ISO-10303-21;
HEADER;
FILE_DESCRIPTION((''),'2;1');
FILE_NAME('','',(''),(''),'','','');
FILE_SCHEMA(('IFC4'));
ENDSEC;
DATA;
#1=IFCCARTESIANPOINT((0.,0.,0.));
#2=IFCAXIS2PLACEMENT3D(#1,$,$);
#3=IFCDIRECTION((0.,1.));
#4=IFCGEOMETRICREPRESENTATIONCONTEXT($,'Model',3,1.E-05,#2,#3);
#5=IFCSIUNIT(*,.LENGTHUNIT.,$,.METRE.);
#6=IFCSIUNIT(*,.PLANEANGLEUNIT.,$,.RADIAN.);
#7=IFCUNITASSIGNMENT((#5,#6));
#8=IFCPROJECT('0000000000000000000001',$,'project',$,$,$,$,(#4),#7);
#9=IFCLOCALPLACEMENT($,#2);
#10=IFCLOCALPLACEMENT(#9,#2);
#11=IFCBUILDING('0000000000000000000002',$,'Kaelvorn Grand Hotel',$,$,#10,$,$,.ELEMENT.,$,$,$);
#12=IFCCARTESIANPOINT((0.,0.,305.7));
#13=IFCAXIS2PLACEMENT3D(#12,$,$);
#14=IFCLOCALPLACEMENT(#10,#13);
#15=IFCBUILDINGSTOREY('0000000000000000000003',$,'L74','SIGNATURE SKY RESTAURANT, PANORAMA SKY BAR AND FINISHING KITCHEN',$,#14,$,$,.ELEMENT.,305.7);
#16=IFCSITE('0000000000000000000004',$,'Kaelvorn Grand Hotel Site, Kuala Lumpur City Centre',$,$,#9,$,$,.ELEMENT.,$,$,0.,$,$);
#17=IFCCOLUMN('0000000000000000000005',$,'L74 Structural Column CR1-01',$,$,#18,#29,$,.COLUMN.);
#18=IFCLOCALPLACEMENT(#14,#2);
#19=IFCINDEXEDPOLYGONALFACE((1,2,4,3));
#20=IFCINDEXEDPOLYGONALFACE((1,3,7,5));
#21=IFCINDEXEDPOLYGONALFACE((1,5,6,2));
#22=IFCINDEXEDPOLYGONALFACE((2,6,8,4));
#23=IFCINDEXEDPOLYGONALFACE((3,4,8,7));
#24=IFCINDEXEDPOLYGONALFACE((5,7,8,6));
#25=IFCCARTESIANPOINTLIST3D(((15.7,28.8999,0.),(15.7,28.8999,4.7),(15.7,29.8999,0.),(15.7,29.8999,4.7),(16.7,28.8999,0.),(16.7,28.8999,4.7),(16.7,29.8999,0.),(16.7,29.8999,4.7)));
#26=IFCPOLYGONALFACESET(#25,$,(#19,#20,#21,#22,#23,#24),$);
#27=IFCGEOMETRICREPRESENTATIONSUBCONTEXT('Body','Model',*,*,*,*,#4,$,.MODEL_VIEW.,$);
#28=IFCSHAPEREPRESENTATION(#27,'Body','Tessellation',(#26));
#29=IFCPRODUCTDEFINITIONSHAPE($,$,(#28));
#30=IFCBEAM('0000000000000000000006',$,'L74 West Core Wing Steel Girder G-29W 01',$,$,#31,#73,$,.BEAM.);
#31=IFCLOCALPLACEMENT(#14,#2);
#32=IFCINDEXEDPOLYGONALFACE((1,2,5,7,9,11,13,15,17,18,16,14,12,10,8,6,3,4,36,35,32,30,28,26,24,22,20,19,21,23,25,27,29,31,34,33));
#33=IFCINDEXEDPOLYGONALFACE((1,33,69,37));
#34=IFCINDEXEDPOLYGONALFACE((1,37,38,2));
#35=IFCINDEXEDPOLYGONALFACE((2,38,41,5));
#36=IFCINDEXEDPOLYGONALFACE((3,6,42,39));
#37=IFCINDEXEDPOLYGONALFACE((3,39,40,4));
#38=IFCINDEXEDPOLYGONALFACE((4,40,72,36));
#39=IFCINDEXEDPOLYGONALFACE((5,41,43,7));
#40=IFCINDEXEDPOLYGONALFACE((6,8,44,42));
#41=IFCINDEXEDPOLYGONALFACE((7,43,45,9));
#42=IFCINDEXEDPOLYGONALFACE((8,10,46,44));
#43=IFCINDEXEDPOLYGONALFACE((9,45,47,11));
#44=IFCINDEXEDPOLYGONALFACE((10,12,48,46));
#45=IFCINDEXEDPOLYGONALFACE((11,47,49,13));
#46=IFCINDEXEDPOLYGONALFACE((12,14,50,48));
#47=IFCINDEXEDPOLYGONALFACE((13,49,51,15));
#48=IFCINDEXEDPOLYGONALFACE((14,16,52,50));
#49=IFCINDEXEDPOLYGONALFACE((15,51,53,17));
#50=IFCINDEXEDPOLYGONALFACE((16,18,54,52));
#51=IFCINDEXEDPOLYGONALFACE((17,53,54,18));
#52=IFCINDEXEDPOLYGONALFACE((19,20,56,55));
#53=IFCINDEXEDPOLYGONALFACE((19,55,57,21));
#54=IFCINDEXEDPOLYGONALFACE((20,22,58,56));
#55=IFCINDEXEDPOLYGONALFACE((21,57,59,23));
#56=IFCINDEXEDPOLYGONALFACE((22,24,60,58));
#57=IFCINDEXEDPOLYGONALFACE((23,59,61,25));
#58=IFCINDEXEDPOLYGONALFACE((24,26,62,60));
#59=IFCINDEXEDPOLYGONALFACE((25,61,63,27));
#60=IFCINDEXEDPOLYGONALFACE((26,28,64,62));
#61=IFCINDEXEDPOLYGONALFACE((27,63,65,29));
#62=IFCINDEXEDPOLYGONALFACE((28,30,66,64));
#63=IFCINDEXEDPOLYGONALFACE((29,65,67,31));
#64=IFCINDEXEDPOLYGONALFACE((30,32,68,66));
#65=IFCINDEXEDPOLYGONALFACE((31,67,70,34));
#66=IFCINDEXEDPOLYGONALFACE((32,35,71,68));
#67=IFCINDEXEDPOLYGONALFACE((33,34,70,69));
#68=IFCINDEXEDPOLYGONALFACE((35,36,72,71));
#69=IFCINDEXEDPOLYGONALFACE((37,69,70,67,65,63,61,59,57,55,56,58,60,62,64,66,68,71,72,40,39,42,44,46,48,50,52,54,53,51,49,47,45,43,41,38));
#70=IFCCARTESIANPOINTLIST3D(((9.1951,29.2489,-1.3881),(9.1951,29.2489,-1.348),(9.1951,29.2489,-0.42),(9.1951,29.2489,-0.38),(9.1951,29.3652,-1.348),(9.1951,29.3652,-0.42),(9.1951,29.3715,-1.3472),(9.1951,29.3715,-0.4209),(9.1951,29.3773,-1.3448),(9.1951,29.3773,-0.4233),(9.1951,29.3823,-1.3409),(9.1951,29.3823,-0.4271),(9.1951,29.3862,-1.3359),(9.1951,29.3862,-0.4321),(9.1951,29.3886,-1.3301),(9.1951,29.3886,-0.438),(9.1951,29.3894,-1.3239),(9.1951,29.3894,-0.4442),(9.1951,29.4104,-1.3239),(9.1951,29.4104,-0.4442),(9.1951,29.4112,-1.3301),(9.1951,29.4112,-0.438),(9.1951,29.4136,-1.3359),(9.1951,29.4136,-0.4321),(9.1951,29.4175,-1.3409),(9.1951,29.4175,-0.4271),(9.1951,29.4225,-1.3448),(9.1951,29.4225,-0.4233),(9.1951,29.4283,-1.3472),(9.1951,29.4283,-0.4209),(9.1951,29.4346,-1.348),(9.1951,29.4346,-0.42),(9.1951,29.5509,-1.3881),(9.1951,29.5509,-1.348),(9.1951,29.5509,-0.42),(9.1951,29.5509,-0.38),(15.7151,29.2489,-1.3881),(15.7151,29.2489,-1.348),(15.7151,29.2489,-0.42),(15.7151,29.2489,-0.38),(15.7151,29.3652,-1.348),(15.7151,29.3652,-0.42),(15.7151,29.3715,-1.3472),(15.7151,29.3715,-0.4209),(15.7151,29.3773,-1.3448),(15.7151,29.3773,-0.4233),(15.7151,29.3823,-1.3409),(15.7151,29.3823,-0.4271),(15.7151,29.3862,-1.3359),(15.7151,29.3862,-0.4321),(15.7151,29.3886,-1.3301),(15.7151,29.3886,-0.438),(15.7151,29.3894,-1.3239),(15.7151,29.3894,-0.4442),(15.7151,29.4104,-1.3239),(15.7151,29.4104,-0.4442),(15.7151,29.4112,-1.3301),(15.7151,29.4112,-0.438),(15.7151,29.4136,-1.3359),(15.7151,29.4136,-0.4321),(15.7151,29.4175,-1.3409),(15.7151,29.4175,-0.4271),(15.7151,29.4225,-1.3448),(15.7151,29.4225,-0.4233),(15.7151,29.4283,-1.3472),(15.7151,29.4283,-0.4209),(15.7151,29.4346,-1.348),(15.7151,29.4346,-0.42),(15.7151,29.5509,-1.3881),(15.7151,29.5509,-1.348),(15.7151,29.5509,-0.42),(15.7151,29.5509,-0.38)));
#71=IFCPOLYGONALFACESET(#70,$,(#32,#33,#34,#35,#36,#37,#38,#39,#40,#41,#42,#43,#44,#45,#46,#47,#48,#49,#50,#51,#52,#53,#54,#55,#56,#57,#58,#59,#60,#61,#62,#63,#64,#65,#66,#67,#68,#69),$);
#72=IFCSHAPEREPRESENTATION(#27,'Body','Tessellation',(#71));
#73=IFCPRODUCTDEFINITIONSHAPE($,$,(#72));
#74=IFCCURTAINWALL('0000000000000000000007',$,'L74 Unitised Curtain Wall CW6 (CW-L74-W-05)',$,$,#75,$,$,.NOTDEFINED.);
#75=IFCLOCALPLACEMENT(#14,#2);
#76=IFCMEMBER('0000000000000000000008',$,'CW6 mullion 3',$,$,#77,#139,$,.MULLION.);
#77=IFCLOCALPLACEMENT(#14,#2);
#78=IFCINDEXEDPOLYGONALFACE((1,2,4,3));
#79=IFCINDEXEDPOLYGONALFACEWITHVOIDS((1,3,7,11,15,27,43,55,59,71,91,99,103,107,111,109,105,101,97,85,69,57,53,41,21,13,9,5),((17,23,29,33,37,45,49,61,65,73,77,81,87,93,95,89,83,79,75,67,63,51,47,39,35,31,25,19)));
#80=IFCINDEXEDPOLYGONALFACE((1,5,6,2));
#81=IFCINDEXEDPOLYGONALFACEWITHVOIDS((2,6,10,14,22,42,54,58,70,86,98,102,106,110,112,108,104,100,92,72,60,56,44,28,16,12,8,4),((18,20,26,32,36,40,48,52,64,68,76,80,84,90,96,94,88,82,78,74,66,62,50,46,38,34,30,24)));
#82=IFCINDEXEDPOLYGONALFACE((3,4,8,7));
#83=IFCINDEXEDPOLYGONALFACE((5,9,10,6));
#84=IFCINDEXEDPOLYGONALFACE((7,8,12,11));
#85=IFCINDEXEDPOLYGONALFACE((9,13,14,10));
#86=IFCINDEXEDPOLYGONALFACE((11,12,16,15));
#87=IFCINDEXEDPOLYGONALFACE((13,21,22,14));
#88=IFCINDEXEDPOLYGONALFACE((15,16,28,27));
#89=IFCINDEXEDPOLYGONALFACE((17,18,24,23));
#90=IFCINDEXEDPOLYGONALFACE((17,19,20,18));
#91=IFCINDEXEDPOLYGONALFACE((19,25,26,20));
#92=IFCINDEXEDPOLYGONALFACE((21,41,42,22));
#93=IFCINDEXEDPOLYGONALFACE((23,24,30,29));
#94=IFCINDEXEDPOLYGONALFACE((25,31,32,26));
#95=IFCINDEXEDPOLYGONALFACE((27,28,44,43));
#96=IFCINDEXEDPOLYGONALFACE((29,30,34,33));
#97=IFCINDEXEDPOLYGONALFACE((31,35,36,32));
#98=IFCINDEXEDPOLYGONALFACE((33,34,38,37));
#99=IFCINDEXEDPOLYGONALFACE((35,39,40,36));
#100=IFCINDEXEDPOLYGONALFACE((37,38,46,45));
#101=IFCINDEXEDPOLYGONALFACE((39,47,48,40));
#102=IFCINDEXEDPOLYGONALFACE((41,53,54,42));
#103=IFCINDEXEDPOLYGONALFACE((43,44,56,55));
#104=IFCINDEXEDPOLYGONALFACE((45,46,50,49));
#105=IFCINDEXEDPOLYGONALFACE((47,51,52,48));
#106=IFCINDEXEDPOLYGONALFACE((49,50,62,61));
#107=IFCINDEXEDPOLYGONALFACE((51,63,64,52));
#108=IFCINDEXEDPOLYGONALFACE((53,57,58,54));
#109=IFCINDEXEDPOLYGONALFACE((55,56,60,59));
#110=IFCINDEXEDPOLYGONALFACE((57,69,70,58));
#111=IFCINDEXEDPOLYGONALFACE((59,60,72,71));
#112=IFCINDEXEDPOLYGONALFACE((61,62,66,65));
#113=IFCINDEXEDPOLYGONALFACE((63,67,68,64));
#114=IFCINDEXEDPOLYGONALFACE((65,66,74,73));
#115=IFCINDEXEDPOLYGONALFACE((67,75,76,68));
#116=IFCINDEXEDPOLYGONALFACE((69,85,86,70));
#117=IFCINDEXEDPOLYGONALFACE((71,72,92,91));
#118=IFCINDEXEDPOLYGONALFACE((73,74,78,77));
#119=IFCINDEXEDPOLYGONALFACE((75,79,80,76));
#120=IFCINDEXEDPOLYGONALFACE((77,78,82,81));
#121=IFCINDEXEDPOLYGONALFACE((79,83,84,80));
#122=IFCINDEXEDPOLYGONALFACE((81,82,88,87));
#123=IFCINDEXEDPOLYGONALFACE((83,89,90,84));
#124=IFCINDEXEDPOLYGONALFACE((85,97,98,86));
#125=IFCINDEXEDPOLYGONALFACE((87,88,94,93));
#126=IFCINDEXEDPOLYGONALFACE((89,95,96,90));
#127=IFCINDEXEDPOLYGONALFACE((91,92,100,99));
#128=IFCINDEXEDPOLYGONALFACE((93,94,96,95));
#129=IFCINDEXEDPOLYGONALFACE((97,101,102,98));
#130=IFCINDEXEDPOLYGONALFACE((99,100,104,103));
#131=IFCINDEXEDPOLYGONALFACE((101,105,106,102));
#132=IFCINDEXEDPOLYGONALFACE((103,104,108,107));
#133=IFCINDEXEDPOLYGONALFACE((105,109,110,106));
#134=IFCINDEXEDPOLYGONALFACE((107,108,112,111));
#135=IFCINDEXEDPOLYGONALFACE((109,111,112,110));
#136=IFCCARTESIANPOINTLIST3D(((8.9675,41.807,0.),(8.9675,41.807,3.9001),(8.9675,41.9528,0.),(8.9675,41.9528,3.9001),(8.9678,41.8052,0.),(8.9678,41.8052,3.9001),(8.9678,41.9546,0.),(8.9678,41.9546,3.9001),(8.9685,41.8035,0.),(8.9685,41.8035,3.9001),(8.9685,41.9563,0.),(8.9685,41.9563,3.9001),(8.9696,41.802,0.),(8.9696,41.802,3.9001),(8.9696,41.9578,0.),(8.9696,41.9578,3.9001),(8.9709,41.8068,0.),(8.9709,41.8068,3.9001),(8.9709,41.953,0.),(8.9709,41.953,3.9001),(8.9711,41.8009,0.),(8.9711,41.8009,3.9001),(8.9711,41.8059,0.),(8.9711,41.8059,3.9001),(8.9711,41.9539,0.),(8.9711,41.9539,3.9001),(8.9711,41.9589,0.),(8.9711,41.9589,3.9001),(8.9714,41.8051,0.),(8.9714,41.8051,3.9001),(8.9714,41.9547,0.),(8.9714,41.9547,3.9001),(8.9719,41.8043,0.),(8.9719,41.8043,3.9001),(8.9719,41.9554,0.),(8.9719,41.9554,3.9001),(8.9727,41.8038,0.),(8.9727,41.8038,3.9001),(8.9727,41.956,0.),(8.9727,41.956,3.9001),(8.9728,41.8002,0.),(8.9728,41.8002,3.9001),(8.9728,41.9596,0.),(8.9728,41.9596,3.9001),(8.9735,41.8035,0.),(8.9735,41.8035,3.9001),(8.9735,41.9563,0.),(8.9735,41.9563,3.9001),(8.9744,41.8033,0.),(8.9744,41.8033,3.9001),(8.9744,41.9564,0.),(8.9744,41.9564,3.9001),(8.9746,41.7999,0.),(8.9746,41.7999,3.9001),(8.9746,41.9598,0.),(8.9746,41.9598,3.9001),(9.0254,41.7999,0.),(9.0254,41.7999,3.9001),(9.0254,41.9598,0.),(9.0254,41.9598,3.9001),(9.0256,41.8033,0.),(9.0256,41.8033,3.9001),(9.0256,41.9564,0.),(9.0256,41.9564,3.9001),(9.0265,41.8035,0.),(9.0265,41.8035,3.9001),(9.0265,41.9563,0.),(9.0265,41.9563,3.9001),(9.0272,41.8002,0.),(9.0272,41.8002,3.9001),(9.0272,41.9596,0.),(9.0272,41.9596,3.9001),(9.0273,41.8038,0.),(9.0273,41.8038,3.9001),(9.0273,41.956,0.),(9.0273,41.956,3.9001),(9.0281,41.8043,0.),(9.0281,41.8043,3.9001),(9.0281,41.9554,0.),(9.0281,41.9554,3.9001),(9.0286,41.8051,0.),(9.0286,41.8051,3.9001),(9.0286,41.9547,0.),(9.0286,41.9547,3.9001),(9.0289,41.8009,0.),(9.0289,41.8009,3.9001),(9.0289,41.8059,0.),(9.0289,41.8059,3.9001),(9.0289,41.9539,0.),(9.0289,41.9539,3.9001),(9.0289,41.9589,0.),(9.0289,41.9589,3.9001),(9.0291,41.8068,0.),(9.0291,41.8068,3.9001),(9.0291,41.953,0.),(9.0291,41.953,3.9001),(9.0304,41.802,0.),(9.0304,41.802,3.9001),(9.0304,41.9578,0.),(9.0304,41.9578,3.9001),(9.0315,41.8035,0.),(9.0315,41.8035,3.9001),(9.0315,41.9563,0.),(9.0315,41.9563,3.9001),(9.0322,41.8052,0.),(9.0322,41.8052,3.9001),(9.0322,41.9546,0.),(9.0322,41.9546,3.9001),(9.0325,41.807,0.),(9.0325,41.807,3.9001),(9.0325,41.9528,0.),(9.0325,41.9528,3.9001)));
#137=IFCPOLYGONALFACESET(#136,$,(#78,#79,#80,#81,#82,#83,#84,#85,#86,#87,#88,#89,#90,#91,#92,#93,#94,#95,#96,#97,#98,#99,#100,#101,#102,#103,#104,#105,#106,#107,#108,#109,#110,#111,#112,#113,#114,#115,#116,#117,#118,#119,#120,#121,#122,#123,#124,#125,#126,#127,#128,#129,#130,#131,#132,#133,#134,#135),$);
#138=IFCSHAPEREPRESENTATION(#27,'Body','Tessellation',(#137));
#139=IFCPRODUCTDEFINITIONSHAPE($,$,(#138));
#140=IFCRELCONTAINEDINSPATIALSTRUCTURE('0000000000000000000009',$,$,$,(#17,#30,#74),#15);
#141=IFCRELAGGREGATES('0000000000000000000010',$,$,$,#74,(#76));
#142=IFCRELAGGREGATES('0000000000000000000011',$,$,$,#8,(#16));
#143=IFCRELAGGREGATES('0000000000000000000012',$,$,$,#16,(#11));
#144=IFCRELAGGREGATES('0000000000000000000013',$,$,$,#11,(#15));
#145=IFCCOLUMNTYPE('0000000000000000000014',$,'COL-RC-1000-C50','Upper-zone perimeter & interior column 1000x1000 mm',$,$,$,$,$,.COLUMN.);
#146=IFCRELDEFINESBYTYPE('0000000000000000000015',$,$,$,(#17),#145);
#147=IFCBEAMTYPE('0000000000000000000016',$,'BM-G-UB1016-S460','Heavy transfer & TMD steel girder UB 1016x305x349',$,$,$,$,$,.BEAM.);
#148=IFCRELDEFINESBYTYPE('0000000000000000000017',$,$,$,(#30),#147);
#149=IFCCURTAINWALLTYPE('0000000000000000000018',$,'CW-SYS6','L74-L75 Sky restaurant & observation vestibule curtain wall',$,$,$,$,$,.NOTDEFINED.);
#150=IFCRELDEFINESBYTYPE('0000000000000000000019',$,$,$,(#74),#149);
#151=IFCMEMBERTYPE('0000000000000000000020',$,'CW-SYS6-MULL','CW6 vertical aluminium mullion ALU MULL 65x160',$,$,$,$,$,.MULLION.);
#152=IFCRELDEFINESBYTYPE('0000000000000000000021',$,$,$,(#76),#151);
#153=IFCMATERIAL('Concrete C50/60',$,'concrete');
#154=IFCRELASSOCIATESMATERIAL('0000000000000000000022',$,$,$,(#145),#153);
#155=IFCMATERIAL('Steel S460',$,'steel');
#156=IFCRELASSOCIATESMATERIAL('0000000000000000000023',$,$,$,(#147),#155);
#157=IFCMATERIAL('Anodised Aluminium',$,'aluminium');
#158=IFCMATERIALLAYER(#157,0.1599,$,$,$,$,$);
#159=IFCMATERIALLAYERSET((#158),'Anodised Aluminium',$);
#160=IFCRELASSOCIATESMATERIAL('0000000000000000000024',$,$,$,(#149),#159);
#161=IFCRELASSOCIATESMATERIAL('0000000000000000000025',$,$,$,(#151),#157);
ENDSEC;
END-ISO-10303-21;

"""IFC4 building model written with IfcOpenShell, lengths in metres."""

from ifc_helpers import new_model, si_unit, direction, frame, origin, origin_2d, place, context, subcontext, project, spatial, rectangle, hollow_rectangle, i_section, extrude, material, layer, layer_set, material_profile, profile_set, type_object, element, aggregate, save


model = new_model("IFC4")

# Units and contexts
model_context = context("Model", 3, precision=1e-05, world=origin(), true_north=direction((0.0, 1.0)))
body_context = subcontext(model_context, "Body", "Model", "MODEL_VIEW")
ifc_project = project(units=[si_unit("LENGTHUNIT", "METRE"), si_unit("PLANEANGLEUNIT", "RADIAN")], contexts=[model_context])

# Site, building, storey
site_placement = place(None, origin())
site = spatial("IfcSite", under=ifc_project, at=site_placement, Name="Kaelvorn Grand Hotel Site, Kuala Lumpur City Centre", CompositionType="ELEMENT", RefElevation=0.0)
building_placement = place(site_placement, origin())
building = spatial("IfcBuilding", under=site, at=building_placement, Name="Kaelvorn Grand Hotel", CompositionType="ELEMENT")
storey_placement = place(building_placement, frame((0.0, 0.0, 305.7)))
storey = spatial("IfcBuildingStorey", under=building, at=storey_placement, Name="L74", Description="SIGNATURE SKY RESTAURANT, PANORAMA SKY BAR AND FINISHING KITCHEN", CompositionType="ELEMENT", Elevation=305.7)

# Column
ifc_material_1 = material(Name="Concrete C50/60", Category="concrete")
ifc_material_profile_1 = material_profile(ifc_material_1, rectangle(XDim=1.0, YDim=1.0, at=origin_2d()), Name="RC COL 1000x1000")
ifc_profile_set_1 = profile_set([ifc_material_profile_1], Name="Concrete C50/60")
column_type = type_object("IfcColumnType", Name="COL-RC-1000-C50", Description="Upper-zone perimeter & interior column 1000x1000 mm", PredefinedType="COLUMN", material=ifc_profile_set_1)
column_placement = place(storey_placement, frame((16.2, 29.3999, 0.0), z_axis=(0.0, 0.0, 1.0), x_axis=(1.0, 0.0, 0.0)))
element("IfcColumn", 1, at=column_placement, inside=storey, type_object=column_type, Name="L74 Structural Column CR1-01", PredefinedType="COLUMN", context=body_context, shape_type="SweptSolid", body=[
    extrude(rectangle(XDim=1.0, YDim=1.0, at=origin_2d()), origin(), (0.0, 0.0, 1.0), 4.7),
])

# Beam
ifc_material_2 = material(Name="Steel S460", Category="steel")
ifc_material_profile_2 = material_profile(ifc_material_2, i_section(OverallWidth=0.302, OverallDepth=1.0081, WebThickness=0.021, FlangeThickness=0.04, FilletRadius=0.0242, at=origin_2d()), Name="UB 1016x305x349")
ifc_profile_set_2 = profile_set([ifc_material_profile_2], Name="Steel S460")
beam_type = type_object("IfcBeamType", Name="BM-G-UB1016-S460", Description="Heavy transfer & TMD steel girder UB 1016x305x349", PredefinedType="BEAM", material=ifc_profile_set_2)
beam_placement = place(storey_placement, frame((9.1951, 29.3999, -0.884), z_axis=(1.0, 0.0, 0.0), x_axis=(0.0, 1.0, 0.0)))
element("IfcBeam", 2, at=beam_placement, inside=storey, type_object=beam_type, Name="L74 West Core Wing Steel Girder G-29W 01", PredefinedType="BEAM", context=body_context, shape_type="SweptSolid", body=[
    extrude(i_section(OverallWidth=0.302, OverallDepth=1.0081, WebThickness=0.021, FlangeThickness=0.04, FilletRadius=0.0242, at=origin_2d()), origin(), (0.0, 0.0, 1.0), 6.52),
])

# Curtain wall, member
ifc_material_3 = material(Name="Anodised Aluminium", Category="aluminium")
ifc_layer_1 = layer(ifc_material_3, 0.1599)
ifc_layer_set_1 = layer_set([ifc_layer_1], Name="Anodised Aluminium")
curtain_wall_type = type_object("IfcCurtainWallType", Name="CW-SYS6", Description="L74-L75 Sky restaurant & observation vestibule curtain wall", PredefinedType="NOTDEFINED", material=ifc_layer_set_1)
curtain_wall_placement = place(storey_placement, origin())
curtain_wall = element("IfcCurtainWall", 3, at=curtain_wall_placement, inside=storey, type_object=curtain_wall_type, Name="L74 Unitised Curtain Wall CW6 (CW-L74-W-05)", PredefinedType="NOTDEFINED")
ifc_material_profile_3 = material_profile(ifc_material_3, hollow_rectangle(XDim=0.0649, YDim=0.1599, WallThickness=0.0034, InnerFilletRadius=0.0034, OuterFilletRadius=0.0071, at=origin_2d()), Name="ALU MULL 65x160")
ifc_profile_set_3 = profile_set([ifc_material_profile_3], Name="Anodised Aluminium")
member_type_1 = type_object("IfcMemberType", Name="CW-SYS6-MULL", Description="CW6 vertical aluminium mullion ALU MULL 65x160", PredefinedType="MULLION", material=ifc_profile_set_3)
member_1_placement = place(storey_placement, frame((9.0, 41.8799, 0.0), z_axis=(0.0, 0.0, 1.0), x_axis=(1.0, 0.0, 0.0)))
member_1 = element("IfcMember", 4, at=member_1_placement, type_object=member_type_1, Name="CW6 mullion 3", PredefinedType="MULLION", context=body_context, shape_type="SweptSolid", body=[
    extrude(hollow_rectangle(XDim=0.0649, YDim=0.1599, WallThickness=0.0034, InnerFilletRadius=0.0034, OuterFilletRadius=0.0071, at=origin_2d()), origin(), (0.0, 0.0, 1.0), 3.9001),
])
aggregate(curtain_wall, [member_1])

save(model, "model.ifc")
